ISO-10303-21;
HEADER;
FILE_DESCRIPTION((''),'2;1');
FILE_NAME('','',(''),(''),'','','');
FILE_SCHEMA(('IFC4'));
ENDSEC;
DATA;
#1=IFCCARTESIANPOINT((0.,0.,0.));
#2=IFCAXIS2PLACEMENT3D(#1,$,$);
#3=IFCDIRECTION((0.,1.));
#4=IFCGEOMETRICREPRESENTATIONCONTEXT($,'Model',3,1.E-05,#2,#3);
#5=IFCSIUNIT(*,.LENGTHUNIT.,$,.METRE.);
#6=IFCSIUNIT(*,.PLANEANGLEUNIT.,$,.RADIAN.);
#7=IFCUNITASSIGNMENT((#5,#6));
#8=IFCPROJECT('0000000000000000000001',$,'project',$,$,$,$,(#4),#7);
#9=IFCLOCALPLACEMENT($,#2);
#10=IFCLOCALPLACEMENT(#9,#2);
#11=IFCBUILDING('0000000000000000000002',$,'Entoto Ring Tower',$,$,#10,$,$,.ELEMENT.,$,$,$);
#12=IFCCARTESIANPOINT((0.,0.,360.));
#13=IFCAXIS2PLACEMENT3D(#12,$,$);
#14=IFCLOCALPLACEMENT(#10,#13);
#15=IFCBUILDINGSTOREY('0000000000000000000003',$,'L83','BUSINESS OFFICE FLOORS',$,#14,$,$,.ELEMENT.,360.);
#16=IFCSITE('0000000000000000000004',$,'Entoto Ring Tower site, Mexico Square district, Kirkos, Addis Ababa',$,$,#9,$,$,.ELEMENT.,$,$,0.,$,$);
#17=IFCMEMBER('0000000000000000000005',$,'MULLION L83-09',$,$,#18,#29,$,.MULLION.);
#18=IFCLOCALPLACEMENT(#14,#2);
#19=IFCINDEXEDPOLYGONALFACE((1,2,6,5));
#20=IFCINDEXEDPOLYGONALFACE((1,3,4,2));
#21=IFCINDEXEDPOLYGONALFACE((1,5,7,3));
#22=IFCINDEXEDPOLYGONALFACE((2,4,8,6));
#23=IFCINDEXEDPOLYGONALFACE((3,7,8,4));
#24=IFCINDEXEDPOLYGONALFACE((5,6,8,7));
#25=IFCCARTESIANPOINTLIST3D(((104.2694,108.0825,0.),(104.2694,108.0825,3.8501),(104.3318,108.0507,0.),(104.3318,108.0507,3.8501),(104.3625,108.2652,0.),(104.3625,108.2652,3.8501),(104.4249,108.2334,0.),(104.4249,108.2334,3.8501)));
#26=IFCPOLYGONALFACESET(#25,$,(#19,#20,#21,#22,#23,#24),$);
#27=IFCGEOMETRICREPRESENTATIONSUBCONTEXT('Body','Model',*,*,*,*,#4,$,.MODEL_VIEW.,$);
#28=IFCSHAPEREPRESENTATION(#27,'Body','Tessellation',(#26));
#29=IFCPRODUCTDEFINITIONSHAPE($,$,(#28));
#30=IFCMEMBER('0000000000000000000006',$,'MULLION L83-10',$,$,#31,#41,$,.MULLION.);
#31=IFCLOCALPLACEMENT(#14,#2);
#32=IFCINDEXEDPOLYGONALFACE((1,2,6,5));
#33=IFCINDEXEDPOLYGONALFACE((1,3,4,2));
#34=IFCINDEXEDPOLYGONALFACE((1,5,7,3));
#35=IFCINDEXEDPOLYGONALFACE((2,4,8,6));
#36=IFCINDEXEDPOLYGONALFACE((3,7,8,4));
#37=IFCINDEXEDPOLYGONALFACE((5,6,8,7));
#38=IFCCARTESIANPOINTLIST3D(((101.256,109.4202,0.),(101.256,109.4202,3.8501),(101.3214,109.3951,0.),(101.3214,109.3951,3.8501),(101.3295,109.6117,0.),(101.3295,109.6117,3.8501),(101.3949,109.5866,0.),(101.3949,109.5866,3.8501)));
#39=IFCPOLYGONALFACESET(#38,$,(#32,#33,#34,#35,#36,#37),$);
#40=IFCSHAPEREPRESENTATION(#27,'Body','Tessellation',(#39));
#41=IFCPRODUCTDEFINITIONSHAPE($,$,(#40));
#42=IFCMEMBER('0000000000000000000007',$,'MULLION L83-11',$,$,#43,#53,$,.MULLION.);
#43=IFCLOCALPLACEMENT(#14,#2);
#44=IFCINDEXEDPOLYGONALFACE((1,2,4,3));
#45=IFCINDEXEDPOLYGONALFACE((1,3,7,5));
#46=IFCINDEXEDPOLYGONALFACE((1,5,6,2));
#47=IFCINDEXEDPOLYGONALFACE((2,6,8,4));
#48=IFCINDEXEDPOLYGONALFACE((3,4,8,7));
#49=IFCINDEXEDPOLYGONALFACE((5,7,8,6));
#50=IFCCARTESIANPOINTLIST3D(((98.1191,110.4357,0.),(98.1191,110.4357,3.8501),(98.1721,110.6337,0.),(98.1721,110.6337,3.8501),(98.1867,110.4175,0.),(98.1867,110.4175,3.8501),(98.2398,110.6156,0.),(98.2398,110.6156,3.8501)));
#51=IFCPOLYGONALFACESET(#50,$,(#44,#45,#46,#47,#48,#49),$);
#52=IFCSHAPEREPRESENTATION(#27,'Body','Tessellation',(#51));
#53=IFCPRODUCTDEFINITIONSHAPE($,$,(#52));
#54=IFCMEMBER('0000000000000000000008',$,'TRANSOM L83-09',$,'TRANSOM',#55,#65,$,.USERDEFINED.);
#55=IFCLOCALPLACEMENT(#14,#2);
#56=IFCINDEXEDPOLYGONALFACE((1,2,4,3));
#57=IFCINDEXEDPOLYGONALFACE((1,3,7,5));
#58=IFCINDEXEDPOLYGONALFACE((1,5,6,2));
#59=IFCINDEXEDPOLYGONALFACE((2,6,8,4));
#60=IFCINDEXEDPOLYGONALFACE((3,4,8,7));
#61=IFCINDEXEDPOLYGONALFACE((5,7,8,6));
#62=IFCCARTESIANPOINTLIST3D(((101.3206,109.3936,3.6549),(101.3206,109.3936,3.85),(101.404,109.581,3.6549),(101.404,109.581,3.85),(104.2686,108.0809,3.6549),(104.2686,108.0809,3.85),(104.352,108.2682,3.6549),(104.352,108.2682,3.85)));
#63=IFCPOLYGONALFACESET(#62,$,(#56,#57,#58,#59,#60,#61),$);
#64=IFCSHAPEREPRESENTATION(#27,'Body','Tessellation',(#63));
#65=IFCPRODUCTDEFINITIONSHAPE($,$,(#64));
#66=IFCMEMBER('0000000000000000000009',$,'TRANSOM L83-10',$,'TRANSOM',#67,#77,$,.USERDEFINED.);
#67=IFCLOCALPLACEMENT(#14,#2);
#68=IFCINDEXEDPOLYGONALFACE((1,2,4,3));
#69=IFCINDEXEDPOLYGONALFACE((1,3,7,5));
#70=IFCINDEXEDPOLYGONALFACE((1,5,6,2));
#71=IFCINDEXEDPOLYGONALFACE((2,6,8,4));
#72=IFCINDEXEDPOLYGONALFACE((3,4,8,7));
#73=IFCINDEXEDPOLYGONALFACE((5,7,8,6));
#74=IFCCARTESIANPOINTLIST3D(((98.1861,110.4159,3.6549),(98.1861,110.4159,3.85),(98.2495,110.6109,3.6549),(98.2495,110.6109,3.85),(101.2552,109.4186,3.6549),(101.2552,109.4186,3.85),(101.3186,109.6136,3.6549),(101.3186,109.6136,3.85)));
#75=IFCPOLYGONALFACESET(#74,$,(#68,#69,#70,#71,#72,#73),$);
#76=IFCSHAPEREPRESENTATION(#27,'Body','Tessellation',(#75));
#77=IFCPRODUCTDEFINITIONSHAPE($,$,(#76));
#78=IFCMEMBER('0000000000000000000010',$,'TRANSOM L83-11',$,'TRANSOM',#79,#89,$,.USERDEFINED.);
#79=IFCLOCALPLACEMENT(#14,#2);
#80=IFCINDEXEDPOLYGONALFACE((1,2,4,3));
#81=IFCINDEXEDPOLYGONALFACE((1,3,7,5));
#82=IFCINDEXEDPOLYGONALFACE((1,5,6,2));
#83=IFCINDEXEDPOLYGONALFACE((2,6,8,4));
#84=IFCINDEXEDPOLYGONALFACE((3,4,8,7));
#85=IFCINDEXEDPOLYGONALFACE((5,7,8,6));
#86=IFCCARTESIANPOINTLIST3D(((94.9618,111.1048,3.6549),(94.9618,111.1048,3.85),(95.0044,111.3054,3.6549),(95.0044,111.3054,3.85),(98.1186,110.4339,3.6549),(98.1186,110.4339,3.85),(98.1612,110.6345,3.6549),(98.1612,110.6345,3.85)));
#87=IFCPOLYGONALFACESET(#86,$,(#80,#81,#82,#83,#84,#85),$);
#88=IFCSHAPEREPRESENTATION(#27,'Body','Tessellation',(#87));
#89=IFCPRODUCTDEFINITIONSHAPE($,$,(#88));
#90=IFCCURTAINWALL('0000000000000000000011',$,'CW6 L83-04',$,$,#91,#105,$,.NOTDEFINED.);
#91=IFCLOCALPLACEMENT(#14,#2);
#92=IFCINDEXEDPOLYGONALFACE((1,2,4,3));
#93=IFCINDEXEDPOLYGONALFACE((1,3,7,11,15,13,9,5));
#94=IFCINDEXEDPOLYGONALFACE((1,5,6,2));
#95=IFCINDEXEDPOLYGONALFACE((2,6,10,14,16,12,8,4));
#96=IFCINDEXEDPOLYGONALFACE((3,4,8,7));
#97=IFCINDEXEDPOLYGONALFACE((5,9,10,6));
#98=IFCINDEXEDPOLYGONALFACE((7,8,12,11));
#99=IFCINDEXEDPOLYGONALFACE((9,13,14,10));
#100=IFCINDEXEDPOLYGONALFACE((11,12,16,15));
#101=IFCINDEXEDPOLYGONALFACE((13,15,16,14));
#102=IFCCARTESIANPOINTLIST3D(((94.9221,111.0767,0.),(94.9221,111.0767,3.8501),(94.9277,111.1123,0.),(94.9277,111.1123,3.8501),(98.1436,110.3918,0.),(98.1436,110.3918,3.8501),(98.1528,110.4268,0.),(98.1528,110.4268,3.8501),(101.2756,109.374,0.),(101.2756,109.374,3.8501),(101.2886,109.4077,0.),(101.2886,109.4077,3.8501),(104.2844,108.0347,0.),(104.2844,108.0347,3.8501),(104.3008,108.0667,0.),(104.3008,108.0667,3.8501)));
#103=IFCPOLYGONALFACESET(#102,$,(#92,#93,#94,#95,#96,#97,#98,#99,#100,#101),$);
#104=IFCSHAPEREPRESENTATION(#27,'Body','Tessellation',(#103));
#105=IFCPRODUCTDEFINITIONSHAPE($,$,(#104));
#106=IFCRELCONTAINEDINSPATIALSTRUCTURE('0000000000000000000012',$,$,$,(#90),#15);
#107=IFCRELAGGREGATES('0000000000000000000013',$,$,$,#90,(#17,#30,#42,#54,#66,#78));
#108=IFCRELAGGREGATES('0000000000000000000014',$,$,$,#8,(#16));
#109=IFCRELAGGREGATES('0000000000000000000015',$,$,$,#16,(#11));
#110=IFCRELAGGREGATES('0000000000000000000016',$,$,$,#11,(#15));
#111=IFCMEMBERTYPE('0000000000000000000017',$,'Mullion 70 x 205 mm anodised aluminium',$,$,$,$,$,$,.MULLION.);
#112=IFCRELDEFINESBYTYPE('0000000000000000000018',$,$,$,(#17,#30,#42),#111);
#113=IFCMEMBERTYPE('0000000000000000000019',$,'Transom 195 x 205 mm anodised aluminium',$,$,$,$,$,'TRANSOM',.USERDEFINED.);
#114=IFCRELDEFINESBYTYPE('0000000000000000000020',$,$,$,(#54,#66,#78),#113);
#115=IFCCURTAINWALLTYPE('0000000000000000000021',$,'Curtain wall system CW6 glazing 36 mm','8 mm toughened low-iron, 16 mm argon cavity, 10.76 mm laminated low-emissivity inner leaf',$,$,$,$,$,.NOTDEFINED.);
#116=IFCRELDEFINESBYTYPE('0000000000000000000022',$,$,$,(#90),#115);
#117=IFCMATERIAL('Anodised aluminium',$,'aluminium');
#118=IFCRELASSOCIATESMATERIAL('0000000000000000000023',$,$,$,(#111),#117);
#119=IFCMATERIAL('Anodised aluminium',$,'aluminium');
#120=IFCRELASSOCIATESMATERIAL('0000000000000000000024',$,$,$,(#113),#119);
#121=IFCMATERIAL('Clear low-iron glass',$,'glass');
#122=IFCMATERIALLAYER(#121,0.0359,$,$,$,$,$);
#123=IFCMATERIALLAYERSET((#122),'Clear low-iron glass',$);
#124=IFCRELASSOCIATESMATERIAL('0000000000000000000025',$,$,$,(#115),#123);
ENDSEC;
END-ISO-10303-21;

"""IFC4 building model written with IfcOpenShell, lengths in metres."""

from ifc_helpers import new_model, si_unit, direction, frame, origin, origin_2d, place, context, subcontext, project, spatial, polyline, rectangle, outline, extrude, material, layer, layer_set, material_profile, profile_set, type_object, element, aggregate, save


model = new_model("IFC4")

# Units and contexts
model_context = context("Model", 3, precision=1e-05, world=origin(), true_north=direction((0.0, 1.0)))
body_context = subcontext(model_context, "Body", "Model", "MODEL_VIEW")
ifc_project = project(units=[si_unit("LENGTHUNIT", "METRE"), si_unit("PLANEANGLEUNIT", "RADIAN")], contexts=[model_context])

# Members
ifc_material_1 = material(Name="Anodised aluminium", Category="aluminium")
ifc_material_profile_1 = material_profile(ifc_material_1, rectangle(XDim=0.0701, YDim=0.2051, at=origin_2d()), Name="Mullion 70 x 205 mm anodised aluminium")
ifc_profile_set_1 = profile_set([ifc_material_profile_1], Name="Anodised aluminium")
member_type_1 = type_object("IfcMemberType", Name="Mullion 70 x 205 mm anodised aluminium", PredefinedType="MULLION", material=ifc_profile_set_1)
site_placement = place(None, origin())
building_placement = place(site_placement, origin())
storey_placement = place(building_placement, frame((0.0, 0.0, 360.0)))
member_1_placement = place(storey_placement, frame((104.3472, 108.158, 0.0), z_axis=(0.0, 0.0, 1.0), x_axis=(-0.891007, 0.45399, 0.0)))
member_1 = element("IfcMember", 1, at=member_1_placement, type_object=member_type_1, Name="MULLION L83-09", PredefinedType="MULLION", context=body_context, shape_type="SweptSolid", body=[
    extrude(rectangle(XDim=0.0701, YDim=0.2051, at=origin_2d()), origin(), (0.0, 0.0, 1.0), 3.8501),
])
member_2_placement = place(storey_placement, frame((101.3254, 109.5034, 0.0), z_axis=(0.0, 0.0, 1.0), x_axis=(-0.93358, 0.358368, 0.0)))
member_2 = element("IfcMember", 2, at=member_2_placement, type_object=member_type_1, Name="MULLION L83-10", PredefinedType="MULLION", context=body_context, shape_type="SweptSolid", body=[
    extrude(rectangle(XDim=0.0701, YDim=0.2051, at=origin_2d()), origin(), (0.0, 0.0, 1.0), 3.8501),
])
member_3_placement = place(storey_placement, frame((98.1794, 110.5256, 0.0), z_axis=(0.0, 0.0, 1.0), x_axis=(-0.965926, 0.258819, 0.0)))
member_3 = element("IfcMember", 3, at=member_3_placement, type_object=member_type_1, Name="MULLION L83-11", PredefinedType="MULLION", context=body_context, shape_type="SweptSolid", body=[
    extrude(rectangle(XDim=0.0701, YDim=0.2051, at=origin_2d()), origin(), (0.0, 0.0, 1.0), 3.8501),
])
ifc_material_2 = material(Name="Anodised aluminium", Category="aluminium")
ifc_material_profile_2 = material_profile(ifc_material_2, rectangle(XDim=0.2051, YDim=0.1951, at=origin_2d()), Name="Transom 195 x 205 mm anodised aluminium")
ifc_profile_set_2 = profile_set([ifc_material_profile_2], Name="Anodised aluminium")
member_type_2 = type_object("IfcMemberType", Name="Transom 195 x 205 mm anodised aluminium", ElementType="TRANSOM", PredefinedType="USERDEFINED", material=ifc_profile_set_2)
member_4_placement = place(storey_placement, frame((104.3103, 108.1746, 3.7524), z_axis=(-0.913521, 0.406791, 0.0), x_axis=(-0.406791, -0.913521, 0.0)))
member_4 = element("IfcMember", 4, at=member_4_placement, type_object=member_type_2, Name="TRANSOM L83-09", ObjectType="TRANSOM", PredefinedType="USERDEFINED", context=body_context, shape_type="SweptSolid", body=[
    extrude(rectangle(XDim=0.2051, YDim=0.1951, at=origin_2d()), origin(), (0.0, 0.0, 1.0), 3.2271),
])
member_5_placement = place(storey_placement, frame((101.2869, 109.5161, 3.7524), z_axis=(-0.951047, 0.309047, 0.0), x_axis=(-0.309047, -0.951047, 0.0)))
member_5 = element("IfcMember", 5, at=member_5_placement, type_object=member_type_2, Name="TRANSOM L83-10", ObjectType="TRANSOM", PredefinedType="USERDEFINED", context=body_context, shape_type="SweptSolid", body=[
    extrude(rectangle(XDim=0.2051, YDim=0.1951, at=origin_2d()), origin(), (0.0, 0.0, 1.0), 3.2271),
])
member_6_placement = place(storey_placement, frame((98.1399, 110.5342, 3.7524), z_axis=(-0.978153, 0.207886, 0.0), x_axis=(-0.207886, -0.978153, 0.0)))
member_6 = element("IfcMember", 6, at=member_6_placement, type_object=member_type_2, Name="TRANSOM L83-11", ObjectType="TRANSOM", PredefinedType="USERDEFINED", context=body_context, shape_type="SweptSolid", body=[
    extrude(rectangle(XDim=0.2051, YDim=0.1951, at=origin_2d()), origin(), (0.0, 0.0, 1.0), 3.2273),
])

# Site, building, storey
site = spatial("IfcSite", under=ifc_project, at=site_placement, Name="Entoto Ring Tower site, Mexico Square district, Kirkos, Addis Ababa", CompositionType="ELEMENT", RefElevation=0.0)
building = spatial("IfcBuilding", under=site, at=building_placement, Name="Entoto Ring Tower", CompositionType="ELEMENT")
storey = spatial("IfcBuildingStorey", under=building, at=storey_placement, Name="L83", Description="BUSINESS OFFICE FLOORS", CompositionType="ELEMENT", Elevation=360.0)

# Curtain wall
ifc_material_3 = material(Name="Clear low-iron glass", Category="glass")
ifc_layer = layer(ifc_material_3, 0.0359)
ifc_layer_set = layer_set([ifc_layer], Name="Clear low-iron glass")
curtain_wall_type = type_object("IfcCurtainWallType", Name="Curtain wall system CW6 glazing 36 mm", Description="8 mm toughened low-iron, 16 mm argon cavity, 10.76 mm laminated low-emissivity inner leaf", PredefinedType="NOTDEFINED", material=ifc_layer_set)
curtain_wall_1_placement = place(storey_placement, origin())
curtain_wall_1 = element("IfcCurtainWall", 7, at=curtain_wall_1_placement, inside=storey, type_object=curtain_wall_type, Name="CW6 L83-04", PredefinedType="NOTDEFINED", context=body_context, shape_type="SweptSolid", body=[
    extrude(outline(polyline([(104.3008, 108.0667), (101.2886, 109.4077), (98.1528, 110.4268), (94.9277, 111.1123), (94.9221, 111.0767), (98.1436, 110.3918), (101.2756, 109.374), (104.2844, 108.0347), (104.3008, 108.0667)])), origin(), (0.0, 0.0, 1.0), 3.8501),
])
aggregate(curtain_wall_1, [member_1, member_2, member_3, member_4, member_5, member_6])

save(model, "model.ifc")
